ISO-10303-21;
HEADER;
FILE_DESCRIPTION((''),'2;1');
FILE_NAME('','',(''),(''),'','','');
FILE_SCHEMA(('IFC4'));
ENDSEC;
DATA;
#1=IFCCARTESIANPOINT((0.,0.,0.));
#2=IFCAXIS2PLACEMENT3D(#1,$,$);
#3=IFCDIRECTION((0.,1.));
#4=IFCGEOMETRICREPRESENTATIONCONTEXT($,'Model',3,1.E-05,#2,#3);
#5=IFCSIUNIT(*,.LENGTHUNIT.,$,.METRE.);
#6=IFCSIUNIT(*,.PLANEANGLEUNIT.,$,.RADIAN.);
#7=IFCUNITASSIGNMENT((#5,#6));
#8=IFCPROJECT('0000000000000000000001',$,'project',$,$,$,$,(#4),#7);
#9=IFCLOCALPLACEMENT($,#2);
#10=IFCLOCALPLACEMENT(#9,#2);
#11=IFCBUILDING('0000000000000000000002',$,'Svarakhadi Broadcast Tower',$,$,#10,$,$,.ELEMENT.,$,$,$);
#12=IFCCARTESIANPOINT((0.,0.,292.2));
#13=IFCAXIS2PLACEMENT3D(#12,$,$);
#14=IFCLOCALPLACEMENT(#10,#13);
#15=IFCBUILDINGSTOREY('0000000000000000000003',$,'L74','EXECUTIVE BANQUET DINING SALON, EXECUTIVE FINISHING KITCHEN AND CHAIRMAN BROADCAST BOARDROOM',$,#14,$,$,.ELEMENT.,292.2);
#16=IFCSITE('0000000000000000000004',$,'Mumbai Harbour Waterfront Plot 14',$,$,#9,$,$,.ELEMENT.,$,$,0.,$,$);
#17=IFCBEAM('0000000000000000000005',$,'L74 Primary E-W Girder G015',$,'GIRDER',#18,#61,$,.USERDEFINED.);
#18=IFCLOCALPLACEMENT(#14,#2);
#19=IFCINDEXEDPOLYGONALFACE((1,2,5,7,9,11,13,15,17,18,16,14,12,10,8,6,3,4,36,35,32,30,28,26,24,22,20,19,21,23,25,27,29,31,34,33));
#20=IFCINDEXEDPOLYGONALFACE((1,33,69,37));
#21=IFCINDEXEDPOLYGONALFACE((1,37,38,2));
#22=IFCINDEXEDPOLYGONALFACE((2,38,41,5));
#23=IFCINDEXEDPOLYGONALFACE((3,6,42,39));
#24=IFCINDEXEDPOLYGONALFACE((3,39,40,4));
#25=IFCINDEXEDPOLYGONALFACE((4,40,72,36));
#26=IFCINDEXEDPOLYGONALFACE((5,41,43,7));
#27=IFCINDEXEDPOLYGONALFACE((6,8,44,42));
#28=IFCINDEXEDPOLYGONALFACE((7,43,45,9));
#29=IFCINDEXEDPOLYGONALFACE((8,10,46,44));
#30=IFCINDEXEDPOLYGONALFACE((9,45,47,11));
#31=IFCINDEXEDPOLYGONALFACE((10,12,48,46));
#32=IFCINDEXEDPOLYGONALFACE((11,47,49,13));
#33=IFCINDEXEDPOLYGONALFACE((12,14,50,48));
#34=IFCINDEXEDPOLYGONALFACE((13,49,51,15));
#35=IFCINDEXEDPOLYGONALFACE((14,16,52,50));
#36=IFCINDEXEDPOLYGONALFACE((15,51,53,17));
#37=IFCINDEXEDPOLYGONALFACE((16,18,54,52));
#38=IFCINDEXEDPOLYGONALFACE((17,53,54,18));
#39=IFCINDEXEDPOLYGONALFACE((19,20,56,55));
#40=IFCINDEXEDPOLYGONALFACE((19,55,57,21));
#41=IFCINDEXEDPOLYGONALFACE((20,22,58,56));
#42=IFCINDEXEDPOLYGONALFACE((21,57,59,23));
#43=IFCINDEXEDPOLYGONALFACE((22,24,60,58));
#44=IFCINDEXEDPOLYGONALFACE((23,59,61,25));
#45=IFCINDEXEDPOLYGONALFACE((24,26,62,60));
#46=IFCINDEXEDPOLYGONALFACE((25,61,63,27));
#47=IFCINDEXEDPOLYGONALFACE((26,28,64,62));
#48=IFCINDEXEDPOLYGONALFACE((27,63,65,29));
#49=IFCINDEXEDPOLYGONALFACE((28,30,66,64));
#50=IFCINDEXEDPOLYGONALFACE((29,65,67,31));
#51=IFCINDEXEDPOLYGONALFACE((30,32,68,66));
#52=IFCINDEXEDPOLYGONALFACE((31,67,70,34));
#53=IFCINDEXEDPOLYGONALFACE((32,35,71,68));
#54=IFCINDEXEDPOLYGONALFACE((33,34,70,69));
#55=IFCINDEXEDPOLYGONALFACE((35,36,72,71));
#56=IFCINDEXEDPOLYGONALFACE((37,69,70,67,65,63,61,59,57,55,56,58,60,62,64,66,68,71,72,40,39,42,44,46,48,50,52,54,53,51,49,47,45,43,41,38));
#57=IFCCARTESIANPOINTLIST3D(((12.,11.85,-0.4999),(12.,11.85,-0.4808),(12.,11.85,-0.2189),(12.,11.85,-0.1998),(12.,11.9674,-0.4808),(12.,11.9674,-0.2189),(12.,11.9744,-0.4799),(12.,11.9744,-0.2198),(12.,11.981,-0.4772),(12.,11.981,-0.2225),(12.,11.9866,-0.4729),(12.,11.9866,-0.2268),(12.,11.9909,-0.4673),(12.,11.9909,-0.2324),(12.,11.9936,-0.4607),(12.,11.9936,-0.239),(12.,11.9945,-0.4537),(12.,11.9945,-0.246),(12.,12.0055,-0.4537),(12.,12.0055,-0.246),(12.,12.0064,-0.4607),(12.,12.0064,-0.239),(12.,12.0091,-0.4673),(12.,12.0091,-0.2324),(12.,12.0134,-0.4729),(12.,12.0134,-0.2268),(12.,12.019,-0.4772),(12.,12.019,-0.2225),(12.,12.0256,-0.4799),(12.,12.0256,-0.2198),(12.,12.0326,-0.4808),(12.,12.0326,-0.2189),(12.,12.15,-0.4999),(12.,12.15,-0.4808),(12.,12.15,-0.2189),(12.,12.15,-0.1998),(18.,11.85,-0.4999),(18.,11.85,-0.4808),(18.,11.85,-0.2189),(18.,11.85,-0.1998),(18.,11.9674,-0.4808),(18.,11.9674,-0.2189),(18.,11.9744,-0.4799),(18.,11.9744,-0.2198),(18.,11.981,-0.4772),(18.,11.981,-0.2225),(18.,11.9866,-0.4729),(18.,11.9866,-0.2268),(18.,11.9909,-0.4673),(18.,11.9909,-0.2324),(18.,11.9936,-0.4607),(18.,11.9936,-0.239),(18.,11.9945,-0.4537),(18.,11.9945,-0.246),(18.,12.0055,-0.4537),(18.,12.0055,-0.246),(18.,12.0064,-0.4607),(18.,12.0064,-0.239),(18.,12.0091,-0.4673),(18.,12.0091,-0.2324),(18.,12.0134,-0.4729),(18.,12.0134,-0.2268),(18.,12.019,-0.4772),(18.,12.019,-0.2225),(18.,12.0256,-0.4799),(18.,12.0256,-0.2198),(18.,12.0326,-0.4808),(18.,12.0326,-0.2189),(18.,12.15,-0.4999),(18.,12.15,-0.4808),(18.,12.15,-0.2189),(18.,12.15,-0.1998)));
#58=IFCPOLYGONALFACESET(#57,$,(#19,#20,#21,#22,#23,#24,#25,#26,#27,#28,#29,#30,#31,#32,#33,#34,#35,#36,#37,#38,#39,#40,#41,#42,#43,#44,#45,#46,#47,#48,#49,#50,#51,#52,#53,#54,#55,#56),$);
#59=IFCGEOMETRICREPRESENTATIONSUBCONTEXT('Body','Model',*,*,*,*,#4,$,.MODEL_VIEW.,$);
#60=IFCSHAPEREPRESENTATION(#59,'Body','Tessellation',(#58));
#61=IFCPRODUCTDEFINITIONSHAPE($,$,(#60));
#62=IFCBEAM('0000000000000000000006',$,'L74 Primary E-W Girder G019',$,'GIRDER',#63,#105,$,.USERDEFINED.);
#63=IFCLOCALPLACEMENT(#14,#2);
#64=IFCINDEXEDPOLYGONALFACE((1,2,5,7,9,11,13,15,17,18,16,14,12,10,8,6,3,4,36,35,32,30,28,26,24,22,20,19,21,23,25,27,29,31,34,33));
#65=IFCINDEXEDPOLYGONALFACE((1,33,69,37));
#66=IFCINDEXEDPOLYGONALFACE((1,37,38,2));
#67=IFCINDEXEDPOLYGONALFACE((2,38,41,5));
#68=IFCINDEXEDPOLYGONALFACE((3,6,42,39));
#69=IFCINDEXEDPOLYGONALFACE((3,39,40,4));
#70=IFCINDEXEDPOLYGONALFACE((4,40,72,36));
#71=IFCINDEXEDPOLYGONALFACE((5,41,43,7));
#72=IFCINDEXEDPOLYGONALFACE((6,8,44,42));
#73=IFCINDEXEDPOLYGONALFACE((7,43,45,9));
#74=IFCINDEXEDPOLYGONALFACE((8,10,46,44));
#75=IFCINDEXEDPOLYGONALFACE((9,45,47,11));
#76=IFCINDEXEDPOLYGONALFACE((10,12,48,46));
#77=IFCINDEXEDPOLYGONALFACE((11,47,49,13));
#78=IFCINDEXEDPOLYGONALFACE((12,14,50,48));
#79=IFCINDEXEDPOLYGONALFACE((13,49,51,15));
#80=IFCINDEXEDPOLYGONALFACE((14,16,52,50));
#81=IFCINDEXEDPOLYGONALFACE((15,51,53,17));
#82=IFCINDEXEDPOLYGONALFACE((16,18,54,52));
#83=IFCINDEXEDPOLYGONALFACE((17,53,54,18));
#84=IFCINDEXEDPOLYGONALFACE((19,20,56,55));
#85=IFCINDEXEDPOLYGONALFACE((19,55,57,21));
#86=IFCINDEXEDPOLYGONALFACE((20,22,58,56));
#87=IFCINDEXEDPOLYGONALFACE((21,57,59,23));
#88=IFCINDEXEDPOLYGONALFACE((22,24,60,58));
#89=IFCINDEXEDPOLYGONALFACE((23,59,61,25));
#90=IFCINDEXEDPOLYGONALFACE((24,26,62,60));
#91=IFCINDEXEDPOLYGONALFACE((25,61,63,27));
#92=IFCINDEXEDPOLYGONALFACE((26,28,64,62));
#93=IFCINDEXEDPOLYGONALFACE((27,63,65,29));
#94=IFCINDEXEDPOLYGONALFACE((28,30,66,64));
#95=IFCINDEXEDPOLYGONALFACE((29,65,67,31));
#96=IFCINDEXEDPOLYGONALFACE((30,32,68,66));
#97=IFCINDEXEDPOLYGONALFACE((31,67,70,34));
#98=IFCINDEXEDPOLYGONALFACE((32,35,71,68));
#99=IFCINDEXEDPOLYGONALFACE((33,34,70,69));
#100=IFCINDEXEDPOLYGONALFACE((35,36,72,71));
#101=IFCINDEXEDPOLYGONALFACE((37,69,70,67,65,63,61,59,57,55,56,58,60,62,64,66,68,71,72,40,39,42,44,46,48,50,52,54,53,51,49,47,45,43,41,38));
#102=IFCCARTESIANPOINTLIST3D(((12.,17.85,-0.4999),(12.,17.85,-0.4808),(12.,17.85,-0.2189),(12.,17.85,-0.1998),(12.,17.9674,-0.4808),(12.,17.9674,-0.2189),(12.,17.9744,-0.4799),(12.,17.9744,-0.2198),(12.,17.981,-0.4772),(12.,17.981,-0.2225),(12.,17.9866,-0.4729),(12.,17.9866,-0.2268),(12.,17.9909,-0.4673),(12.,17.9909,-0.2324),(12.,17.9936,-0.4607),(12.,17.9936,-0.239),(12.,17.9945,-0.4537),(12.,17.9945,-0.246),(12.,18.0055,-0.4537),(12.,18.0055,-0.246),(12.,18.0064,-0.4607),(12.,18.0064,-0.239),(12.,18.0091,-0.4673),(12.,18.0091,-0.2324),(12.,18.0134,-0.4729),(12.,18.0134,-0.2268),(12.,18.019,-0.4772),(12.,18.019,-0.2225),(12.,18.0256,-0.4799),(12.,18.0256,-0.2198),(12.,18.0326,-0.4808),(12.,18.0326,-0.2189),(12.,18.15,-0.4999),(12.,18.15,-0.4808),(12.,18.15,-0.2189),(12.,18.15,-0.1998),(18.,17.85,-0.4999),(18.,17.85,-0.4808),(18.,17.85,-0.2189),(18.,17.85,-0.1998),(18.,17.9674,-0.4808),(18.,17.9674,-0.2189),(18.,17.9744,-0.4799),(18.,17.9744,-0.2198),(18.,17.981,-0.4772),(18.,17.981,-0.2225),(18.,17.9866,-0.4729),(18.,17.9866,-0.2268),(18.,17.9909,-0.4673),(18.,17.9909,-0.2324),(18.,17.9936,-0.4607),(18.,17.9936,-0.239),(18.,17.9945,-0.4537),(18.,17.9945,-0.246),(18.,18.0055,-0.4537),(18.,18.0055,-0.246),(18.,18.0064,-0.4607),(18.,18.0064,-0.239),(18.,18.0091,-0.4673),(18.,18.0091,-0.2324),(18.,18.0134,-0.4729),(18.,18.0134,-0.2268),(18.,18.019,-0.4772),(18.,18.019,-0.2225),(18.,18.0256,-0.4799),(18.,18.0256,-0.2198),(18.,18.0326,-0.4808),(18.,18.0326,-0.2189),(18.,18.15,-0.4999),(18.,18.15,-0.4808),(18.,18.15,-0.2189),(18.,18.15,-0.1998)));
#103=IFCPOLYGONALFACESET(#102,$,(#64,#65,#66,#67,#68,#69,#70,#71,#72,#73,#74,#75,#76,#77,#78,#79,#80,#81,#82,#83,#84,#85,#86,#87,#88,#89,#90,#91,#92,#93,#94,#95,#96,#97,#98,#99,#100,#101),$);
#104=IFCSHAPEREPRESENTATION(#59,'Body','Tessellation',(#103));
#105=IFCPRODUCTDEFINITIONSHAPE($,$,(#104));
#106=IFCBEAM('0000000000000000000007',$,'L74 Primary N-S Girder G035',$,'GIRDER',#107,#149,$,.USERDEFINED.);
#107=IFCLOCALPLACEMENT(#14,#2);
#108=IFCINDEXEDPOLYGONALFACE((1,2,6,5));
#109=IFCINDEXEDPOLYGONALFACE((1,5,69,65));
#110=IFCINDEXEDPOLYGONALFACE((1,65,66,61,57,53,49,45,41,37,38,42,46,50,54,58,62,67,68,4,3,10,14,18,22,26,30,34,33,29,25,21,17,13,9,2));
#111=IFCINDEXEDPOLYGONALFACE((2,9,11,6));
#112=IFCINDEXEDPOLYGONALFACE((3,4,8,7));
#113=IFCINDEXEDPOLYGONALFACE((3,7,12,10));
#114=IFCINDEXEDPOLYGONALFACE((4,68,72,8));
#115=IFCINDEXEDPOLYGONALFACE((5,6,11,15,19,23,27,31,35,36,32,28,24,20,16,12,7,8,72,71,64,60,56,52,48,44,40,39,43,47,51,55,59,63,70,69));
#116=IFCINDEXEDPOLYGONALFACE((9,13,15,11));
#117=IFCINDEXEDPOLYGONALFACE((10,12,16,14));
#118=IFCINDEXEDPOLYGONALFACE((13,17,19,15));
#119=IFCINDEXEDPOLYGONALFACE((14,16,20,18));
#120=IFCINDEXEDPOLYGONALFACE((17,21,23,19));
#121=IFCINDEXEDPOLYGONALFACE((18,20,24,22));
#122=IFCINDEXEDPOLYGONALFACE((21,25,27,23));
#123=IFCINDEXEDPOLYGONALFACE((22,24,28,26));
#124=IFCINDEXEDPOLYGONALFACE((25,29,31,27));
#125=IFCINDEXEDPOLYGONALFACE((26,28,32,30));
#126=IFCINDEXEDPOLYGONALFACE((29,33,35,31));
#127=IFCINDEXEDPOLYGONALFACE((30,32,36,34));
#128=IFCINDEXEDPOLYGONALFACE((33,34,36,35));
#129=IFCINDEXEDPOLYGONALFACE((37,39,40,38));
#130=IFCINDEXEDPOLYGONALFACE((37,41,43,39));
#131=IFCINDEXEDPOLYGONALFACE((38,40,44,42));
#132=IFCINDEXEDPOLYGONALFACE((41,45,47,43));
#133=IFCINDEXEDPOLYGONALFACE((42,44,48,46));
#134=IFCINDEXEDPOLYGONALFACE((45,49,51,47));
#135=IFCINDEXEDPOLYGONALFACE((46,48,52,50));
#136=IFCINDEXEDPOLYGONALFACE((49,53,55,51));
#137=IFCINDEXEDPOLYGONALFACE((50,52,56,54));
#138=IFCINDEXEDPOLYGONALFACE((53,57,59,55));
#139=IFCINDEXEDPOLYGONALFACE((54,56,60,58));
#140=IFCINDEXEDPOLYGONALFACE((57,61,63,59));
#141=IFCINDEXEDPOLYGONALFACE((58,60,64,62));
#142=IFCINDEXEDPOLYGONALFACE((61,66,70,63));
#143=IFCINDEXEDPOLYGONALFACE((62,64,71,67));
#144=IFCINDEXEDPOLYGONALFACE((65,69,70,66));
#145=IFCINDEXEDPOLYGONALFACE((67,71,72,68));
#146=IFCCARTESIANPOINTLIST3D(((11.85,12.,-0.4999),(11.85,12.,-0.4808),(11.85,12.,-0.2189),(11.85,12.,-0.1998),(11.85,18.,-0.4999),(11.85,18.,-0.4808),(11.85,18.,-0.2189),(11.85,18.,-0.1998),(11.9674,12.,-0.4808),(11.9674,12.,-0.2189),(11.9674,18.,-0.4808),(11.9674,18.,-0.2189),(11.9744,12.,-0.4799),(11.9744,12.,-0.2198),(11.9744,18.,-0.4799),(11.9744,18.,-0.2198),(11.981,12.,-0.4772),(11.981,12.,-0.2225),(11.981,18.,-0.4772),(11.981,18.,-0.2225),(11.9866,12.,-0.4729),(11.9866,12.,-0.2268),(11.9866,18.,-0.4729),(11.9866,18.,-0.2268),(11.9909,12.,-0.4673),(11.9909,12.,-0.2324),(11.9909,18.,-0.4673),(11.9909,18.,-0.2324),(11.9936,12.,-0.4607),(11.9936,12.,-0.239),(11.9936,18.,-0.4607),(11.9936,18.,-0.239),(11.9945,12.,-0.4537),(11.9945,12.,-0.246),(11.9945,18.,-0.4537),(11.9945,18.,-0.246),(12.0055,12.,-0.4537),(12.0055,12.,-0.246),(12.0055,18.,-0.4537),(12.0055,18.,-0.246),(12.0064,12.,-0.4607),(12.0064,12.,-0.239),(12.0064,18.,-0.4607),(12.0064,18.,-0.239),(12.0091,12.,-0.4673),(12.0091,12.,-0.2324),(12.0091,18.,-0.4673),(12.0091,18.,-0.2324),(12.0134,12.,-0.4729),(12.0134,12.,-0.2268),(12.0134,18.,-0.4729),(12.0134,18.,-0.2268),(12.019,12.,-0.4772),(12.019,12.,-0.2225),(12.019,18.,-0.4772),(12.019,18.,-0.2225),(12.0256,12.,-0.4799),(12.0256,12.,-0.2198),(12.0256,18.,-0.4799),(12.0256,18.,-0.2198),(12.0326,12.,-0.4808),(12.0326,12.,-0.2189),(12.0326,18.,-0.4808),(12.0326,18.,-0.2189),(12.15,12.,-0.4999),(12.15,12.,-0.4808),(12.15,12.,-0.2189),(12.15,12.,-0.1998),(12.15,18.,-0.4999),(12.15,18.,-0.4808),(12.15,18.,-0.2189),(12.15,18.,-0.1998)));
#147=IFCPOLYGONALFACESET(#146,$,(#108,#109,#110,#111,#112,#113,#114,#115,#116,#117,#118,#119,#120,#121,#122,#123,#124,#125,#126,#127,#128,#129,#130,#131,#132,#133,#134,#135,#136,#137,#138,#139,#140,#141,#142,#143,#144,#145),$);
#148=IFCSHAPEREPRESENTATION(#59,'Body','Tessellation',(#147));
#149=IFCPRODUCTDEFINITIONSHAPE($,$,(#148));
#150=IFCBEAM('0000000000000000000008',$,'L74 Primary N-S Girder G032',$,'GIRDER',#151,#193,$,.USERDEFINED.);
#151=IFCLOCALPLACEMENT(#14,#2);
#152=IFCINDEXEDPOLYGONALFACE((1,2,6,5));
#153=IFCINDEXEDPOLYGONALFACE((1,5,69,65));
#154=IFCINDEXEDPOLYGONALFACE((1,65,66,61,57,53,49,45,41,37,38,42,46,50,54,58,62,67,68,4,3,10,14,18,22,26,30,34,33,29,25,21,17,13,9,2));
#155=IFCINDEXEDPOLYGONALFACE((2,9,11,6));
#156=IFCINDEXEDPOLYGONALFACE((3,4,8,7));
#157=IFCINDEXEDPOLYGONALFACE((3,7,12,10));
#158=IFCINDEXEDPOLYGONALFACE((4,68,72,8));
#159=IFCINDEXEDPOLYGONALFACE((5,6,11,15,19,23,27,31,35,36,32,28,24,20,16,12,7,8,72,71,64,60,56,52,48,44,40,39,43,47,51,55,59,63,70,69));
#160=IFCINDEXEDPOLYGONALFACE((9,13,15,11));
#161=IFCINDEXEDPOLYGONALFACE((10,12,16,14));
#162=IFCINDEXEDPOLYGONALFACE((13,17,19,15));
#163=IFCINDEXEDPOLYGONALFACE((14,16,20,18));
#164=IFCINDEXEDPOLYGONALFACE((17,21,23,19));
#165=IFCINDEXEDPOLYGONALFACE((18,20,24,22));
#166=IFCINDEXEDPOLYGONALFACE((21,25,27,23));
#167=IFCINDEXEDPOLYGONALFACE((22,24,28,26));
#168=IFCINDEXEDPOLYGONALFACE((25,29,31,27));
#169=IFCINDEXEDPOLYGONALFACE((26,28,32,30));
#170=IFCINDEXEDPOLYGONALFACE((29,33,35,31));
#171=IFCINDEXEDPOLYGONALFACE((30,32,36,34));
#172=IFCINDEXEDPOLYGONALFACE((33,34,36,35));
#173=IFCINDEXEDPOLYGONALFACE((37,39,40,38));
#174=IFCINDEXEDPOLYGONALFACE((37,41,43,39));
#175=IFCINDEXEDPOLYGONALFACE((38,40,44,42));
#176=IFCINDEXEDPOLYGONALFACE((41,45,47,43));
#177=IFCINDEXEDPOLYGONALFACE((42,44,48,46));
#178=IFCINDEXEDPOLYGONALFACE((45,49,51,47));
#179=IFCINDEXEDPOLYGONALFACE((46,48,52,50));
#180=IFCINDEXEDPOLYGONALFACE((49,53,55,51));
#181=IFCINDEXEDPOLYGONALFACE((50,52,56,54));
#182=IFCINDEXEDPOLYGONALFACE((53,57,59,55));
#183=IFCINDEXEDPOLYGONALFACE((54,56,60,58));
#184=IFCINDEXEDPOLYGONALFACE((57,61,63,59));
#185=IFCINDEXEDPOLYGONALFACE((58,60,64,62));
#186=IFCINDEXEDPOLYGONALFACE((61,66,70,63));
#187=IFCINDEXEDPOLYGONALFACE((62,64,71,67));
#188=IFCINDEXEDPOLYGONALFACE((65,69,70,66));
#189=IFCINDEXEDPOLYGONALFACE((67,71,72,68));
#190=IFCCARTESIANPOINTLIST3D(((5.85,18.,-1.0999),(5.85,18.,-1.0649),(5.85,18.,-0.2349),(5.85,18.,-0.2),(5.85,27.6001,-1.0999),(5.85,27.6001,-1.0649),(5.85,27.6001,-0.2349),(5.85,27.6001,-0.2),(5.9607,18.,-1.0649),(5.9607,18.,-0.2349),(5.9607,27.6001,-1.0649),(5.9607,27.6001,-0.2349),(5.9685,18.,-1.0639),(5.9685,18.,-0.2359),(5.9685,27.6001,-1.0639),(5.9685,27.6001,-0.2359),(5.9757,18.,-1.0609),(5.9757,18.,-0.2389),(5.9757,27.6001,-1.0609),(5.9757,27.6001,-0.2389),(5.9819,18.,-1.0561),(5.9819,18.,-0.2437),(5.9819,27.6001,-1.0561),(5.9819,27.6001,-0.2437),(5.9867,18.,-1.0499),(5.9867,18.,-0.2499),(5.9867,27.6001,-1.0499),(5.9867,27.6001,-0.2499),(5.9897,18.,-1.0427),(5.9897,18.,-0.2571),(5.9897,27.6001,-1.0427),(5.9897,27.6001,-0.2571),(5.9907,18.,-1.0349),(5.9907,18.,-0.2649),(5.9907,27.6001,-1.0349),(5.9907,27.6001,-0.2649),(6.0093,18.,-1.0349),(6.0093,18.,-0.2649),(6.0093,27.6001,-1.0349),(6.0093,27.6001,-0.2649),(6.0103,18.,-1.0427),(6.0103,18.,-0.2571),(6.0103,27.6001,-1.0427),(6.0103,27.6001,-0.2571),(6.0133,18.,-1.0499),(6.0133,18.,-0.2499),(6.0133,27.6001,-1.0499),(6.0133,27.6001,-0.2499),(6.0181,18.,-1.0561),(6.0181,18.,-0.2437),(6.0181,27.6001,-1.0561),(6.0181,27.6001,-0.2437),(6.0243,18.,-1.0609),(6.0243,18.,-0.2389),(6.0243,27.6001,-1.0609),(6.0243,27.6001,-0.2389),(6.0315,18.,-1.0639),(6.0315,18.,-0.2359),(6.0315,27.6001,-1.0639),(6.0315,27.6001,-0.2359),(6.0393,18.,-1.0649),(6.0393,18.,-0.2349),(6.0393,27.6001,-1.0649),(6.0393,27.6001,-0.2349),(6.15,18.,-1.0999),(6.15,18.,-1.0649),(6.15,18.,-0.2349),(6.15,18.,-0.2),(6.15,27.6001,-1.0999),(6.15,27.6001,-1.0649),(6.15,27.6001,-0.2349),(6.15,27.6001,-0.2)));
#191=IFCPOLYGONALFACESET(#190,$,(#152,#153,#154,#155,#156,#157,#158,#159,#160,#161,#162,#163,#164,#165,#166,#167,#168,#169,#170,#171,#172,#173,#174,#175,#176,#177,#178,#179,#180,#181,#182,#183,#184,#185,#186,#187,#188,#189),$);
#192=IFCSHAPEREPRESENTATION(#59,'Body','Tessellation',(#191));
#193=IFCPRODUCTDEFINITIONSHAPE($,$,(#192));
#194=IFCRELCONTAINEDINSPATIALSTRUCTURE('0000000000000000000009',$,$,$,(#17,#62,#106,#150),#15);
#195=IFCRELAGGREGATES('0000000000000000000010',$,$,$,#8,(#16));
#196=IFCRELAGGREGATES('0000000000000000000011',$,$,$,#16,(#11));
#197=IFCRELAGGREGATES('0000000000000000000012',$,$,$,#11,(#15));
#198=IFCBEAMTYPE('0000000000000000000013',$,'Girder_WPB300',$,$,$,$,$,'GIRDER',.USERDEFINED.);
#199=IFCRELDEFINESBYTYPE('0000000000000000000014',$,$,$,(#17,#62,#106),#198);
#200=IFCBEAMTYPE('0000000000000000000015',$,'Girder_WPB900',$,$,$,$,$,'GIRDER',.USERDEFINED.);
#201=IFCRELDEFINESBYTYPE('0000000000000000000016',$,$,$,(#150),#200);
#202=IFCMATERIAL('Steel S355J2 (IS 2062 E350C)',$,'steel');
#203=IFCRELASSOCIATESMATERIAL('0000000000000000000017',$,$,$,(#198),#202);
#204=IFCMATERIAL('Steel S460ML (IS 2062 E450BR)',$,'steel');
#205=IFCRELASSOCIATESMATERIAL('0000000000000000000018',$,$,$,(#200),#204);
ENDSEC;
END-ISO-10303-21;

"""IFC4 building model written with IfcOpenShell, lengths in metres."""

from ifc_helpers import new_model, si_unit, direction, frame, origin, origin_2d, place, context, subcontext, project, spatial, i_section, extrude, material, material_profile, profile_set, type_object, element, save


model = new_model("IFC4")

# Units and contexts
model_context = context("Model", 3, precision=1e-05, world=origin(), true_north=direction((0.0, 1.0)))
body_context = subcontext(model_context, "Body", "Model", "MODEL_VIEW")
ifc_project = project(units=[si_unit("LENGTHUNIT", "METRE"), si_unit("PLANEANGLEUNIT", "RADIAN")], contexts=[model_context])

# Site, building, storey
site_placement = place(None, origin())
site = spatial("IfcSite", under=ifc_project, at=site_placement, Name="Mumbai Harbour Waterfront Plot 14", CompositionType="ELEMENT", RefElevation=0.0)
building_placement = place(site_placement, origin())
building = spatial("IfcBuilding", under=site, at=building_placement, Name="Svarakhadi Broadcast Tower", CompositionType="ELEMENT")
storey_placement = place(building_placement, frame((0.0, 0.0, 292.2)))
storey = spatial("IfcBuildingStorey", under=building, at=storey_placement, Name="L74", Description="EXECUTIVE BANQUET DINING SALON, EXECUTIVE FINISHING KITCHEN AND CHAIRMAN BROADCAST BOARDROOM", CompositionType="ELEMENT", Elevation=292.2)

# Shared definitions
ifc_material_1 = material(Name="Steel S460ML (IS 2062 E450BR)", Category="steel")

# Beams
ifc_material_2 = material(Name="Steel S355J2 (IS 2062 E350C)", Category="steel")
ifc_material_profile_1 = material_profile(ifc_material_2, i_section(OverallWidth=0.3, OverallDepth=0.3, WebThickness=0.011, FlangeThickness=0.019, FilletRadius=0.0271, at=origin_2d()), Name="WPB 300x300x117")
ifc_profile_set_1 = profile_set([ifc_material_profile_1], Name="Steel S355J2 (IS 2062 E350C)")
beam_type_1 = type_object("IfcBeamType", Name="Girder_WPB300", ElementType="GIRDER", PredefinedType="USERDEFINED", material=ifc_profile_set_1)
for number, where, z_axis, x_axis, name in (
    (1, (12.0, 12.0, -0.3499), (1.0, 0.0, 0.0), (0.0, 1.0, 0.0), "L74 Primary E-W Girder G015"),
    (2, (12.0, 18.0, -0.3499), (1.0, 0.0, 0.0), (0.0, 1.0, 0.0), "L74 Primary E-W Girder G019"),
    (3, (12.0, 12.0, -0.3499), (0.0, 1.0, 0.0), (-1.0, 0.0, 0.0), "L74 Primary N-S Girder G035"),
):
    element("IfcBeam", number, at=place(storey_placement, frame(where, z_axis=z_axis, x_axis=x_axis)), inside=storey, type_object=beam_type_1, Name=name, ObjectType="GIRDER", PredefinedType="USERDEFINED", context=body_context, shape_type="SweptSolid", body=[
        extrude(i_section(OverallWidth=0.3, OverallDepth=0.3, WebThickness=0.011, FlangeThickness=0.019, FilletRadius=0.0271, at=origin_2d()), origin(), (0.0, 0.0, 1.0), 6.0),
    ])
ifc_material_profile_2 = material_profile(ifc_material_1, i_section(OverallWidth=0.3, OverallDepth=0.8999, WebThickness=0.0186, FlangeThickness=0.0349, FilletRadius=0.03, at=origin_2d()), Name="WPB 900x300x291")
ifc_profile_set_2 = profile_set([ifc_material_profile_2], Name="Steel S460ML (IS 2062 E450BR)")
beam_type_2 = type_object("IfcBeamType", Name="Girder_WPB900", ElementType="GIRDER", PredefinedType="USERDEFINED", material=ifc_profile_set_2)
beam_1_placement = place(storey_placement, frame((6.0, 18.0, -0.6499), z_axis=(0.0, 1.0, 0.0), x_axis=(-1.0, 0.0, 0.0)))
element("IfcBeam", 4, at=beam_1_placement, inside=storey, type_object=beam_type_2, Name="L74 Primary N-S Girder G032", ObjectType="GIRDER", PredefinedType="USERDEFINED", context=body_context, shape_type="SweptSolid", body=[
    extrude(i_section(OverallWidth=0.3, OverallDepth=0.8999, WebThickness=0.0186, FlangeThickness=0.0349, FilletRadius=0.03, at=origin_2d()), origin(), (0.0, 0.0, 1.0), 9.6001),
])

save(model, "model.ifc")
